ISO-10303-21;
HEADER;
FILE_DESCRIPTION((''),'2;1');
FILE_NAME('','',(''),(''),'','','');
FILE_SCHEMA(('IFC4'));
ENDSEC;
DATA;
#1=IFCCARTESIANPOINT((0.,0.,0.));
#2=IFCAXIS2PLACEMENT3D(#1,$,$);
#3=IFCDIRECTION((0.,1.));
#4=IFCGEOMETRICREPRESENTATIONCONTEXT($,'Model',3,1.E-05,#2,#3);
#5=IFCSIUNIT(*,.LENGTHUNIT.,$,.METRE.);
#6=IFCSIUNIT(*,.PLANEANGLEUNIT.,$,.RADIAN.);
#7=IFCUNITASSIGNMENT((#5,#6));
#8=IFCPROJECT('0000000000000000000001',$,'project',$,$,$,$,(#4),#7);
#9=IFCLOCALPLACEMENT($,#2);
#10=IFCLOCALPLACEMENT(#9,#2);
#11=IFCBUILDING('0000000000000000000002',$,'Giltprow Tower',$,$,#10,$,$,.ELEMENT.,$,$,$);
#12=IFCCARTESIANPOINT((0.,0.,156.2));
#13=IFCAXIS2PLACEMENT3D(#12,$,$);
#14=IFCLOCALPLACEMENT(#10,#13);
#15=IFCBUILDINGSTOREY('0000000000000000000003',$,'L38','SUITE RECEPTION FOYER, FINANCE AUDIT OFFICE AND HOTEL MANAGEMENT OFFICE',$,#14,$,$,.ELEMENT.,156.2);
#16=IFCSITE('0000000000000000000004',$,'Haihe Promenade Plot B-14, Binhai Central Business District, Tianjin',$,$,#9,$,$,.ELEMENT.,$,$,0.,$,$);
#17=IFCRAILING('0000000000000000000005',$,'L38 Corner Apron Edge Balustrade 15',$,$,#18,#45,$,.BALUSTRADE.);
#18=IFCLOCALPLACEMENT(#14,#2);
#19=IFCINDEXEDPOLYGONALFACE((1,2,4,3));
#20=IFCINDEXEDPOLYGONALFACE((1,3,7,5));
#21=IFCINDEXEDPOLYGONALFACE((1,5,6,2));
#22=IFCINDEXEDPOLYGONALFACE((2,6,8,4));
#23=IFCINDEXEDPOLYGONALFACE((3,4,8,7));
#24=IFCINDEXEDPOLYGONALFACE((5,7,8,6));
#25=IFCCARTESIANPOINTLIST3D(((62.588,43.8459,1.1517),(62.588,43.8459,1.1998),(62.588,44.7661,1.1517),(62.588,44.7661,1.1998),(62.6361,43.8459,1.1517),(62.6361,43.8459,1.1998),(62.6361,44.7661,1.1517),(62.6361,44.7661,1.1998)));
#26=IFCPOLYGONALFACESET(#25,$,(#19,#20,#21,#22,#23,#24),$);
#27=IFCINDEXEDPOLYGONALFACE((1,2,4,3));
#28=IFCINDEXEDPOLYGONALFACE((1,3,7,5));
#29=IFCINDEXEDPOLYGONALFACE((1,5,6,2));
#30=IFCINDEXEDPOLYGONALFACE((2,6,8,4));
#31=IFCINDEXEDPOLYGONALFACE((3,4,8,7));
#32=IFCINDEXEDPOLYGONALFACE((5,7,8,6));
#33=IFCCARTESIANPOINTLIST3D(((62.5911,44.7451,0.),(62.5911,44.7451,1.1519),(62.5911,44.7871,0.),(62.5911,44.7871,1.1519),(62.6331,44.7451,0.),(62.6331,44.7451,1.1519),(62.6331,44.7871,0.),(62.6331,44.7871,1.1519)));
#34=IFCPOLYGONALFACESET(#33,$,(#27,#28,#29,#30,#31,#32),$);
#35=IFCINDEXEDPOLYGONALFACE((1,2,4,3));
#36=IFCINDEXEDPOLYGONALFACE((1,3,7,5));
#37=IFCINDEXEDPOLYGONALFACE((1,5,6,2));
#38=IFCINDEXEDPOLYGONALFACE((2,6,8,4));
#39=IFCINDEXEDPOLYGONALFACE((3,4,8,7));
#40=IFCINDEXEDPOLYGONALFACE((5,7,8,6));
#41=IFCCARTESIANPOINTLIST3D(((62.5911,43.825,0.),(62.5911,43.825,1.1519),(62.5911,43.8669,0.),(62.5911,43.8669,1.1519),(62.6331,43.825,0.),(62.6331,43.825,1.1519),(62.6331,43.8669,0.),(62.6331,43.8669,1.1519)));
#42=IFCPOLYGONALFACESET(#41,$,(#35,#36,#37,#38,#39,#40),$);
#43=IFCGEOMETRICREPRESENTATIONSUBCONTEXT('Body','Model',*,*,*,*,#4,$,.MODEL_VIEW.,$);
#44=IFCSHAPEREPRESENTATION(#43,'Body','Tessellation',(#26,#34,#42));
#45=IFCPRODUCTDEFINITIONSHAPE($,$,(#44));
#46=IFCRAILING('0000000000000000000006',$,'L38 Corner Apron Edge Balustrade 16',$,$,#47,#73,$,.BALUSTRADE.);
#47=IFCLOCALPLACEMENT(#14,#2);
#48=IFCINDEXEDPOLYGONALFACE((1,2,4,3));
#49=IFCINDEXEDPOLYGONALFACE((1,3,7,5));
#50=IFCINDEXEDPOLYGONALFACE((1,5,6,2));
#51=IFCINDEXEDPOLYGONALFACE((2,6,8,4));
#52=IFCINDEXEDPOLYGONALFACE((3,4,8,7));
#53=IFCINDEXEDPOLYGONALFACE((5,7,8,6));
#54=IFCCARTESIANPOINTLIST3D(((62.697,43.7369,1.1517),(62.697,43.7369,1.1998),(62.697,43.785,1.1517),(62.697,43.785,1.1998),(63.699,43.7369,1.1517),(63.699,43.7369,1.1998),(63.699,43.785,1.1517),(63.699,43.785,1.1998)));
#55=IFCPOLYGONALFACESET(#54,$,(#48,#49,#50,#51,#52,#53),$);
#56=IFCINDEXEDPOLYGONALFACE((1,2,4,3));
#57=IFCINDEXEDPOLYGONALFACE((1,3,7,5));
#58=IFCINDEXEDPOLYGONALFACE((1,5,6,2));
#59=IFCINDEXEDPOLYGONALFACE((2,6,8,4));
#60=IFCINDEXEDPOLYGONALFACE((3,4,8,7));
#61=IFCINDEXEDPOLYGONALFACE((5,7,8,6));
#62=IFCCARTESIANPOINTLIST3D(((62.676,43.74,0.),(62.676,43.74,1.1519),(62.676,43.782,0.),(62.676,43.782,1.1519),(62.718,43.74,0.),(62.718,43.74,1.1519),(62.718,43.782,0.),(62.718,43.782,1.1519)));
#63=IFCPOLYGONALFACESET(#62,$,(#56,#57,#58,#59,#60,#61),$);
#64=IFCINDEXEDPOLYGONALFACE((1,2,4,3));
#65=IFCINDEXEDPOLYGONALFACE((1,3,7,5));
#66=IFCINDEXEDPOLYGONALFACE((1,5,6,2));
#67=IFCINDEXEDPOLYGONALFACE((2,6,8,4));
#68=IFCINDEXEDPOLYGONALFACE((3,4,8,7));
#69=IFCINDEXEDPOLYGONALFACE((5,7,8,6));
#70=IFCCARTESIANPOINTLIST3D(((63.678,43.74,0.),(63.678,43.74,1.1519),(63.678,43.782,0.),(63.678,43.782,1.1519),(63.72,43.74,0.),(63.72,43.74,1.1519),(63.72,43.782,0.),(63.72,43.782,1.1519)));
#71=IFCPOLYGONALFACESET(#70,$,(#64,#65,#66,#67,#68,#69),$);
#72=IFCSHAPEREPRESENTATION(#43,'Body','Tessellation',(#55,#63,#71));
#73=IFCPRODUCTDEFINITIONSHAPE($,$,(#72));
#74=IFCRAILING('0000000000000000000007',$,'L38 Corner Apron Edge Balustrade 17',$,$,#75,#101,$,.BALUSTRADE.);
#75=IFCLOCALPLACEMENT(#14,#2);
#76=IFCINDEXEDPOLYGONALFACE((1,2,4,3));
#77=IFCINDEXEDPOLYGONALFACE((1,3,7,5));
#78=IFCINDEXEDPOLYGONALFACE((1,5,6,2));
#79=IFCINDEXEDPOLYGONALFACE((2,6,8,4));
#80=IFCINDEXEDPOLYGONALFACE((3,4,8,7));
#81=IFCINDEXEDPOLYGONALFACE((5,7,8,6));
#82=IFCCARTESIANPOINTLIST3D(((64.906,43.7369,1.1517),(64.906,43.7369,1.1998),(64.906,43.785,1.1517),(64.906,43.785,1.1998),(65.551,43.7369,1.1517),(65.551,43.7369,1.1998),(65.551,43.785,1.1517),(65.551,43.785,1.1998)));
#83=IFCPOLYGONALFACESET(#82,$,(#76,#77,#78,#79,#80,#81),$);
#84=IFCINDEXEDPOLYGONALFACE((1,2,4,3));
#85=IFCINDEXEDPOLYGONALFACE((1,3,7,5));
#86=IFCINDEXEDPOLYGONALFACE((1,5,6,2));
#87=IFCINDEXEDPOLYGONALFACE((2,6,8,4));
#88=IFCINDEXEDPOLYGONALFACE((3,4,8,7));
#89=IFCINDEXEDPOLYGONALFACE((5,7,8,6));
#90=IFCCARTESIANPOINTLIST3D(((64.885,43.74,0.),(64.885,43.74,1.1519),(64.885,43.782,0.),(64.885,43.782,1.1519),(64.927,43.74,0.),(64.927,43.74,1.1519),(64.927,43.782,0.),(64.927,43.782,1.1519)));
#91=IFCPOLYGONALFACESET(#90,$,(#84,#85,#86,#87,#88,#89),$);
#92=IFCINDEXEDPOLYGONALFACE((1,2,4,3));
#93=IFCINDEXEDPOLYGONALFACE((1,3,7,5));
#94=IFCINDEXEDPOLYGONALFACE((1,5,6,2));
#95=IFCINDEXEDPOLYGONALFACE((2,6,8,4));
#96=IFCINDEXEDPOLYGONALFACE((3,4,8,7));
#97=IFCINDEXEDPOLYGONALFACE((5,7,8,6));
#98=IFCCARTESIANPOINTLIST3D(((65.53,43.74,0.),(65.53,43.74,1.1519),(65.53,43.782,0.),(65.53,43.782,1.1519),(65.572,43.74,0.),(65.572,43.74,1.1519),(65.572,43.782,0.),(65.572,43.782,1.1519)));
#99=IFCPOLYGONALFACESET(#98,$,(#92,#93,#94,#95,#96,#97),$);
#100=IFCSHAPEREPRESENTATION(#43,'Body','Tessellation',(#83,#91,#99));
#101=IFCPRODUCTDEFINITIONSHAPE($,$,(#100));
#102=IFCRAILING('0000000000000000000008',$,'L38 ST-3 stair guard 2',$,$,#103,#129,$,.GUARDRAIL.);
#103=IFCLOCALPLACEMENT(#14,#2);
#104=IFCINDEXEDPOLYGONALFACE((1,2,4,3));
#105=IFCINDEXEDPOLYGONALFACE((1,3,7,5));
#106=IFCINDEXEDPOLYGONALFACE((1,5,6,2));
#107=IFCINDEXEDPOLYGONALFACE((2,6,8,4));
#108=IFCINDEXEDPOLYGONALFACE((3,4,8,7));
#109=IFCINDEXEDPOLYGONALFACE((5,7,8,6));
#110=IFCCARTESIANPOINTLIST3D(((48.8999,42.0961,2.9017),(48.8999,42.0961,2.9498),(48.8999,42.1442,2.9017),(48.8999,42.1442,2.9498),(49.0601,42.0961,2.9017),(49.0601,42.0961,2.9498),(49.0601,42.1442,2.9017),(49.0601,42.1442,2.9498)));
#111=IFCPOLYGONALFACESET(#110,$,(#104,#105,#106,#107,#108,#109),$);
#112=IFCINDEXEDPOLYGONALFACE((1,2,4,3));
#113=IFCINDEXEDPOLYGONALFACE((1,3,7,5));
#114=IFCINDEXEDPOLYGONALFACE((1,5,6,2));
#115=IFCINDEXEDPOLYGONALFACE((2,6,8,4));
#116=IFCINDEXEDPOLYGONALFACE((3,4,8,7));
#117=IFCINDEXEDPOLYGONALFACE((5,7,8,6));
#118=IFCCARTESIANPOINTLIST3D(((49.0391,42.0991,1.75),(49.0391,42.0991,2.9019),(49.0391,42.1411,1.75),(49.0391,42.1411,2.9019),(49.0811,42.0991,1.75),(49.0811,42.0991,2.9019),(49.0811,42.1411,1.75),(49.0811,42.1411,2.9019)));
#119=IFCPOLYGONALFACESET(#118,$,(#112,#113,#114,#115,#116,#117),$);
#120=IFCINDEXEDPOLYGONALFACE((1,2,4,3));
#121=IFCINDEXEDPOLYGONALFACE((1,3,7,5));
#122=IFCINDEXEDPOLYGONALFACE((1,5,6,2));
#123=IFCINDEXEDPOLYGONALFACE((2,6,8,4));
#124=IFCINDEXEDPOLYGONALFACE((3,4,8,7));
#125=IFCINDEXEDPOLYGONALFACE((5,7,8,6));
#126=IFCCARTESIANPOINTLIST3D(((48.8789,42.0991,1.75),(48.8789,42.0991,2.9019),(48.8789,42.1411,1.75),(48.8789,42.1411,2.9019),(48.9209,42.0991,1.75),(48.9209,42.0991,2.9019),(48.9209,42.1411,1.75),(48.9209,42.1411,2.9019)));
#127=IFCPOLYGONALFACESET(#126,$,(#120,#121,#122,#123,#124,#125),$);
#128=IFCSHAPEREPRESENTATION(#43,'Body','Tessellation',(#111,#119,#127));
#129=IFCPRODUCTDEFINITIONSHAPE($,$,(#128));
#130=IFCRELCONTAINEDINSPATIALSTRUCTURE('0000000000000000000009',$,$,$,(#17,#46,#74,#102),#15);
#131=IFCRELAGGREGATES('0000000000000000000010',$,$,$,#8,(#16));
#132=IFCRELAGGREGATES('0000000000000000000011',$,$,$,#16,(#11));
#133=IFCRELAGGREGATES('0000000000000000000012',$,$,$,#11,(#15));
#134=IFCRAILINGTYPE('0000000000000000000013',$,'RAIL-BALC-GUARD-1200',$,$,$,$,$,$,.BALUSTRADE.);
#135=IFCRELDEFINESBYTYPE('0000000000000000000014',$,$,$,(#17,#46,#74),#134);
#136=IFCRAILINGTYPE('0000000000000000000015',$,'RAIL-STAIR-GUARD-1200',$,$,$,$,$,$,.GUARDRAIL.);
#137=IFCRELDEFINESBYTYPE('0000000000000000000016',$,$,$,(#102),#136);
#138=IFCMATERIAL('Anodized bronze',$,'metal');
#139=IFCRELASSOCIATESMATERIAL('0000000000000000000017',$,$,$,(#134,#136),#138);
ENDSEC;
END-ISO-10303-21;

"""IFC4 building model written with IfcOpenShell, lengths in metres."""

from ifc_helpers import new_model, si_unit, direction, frame, origin, origin_2d, place, context, subcontext, project, spatial, rectangle, extrude, material, type_object, element, save


model = new_model("IFC4")

# Units and contexts
model_context = context("Model", 3, precision=1e-05, world=origin(), true_north=direction((0.0, 1.0)))
body_context = subcontext(model_context, "Body", "Model", "MODEL_VIEW")
ifc_project = project(units=[si_unit("LENGTHUNIT", "METRE"), si_unit("PLANEANGLEUNIT", "RADIAN")], contexts=[model_context])

# Site, building, storey
site_placement = place(None, origin())
site = spatial("IfcSite", under=ifc_project, at=site_placement, Name="Haihe Promenade Plot B-14, Binhai Central Business District, Tianjin", CompositionType="ELEMENT", RefElevation=0.0)
building_placement = place(site_placement, origin())
building = spatial("IfcBuilding", under=site, at=building_placement, Name="Giltprow Tower", CompositionType="ELEMENT")
storey_placement = place(building_placement, frame((0.0, 0.0, 156.2)))
storey = spatial("IfcBuildingStorey", under=building, at=storey_placement, Name="L38", Description="SUITE RECEPTION FOYER, FINANCE AUDIT OFFICE AND HOTEL MANAGEMENT OFFICE", CompositionType="ELEMENT", Elevation=156.2)

# Railings
ifc_material_1 = material(Name="Anodized bronze", Category="metal")
railing_type_1 = type_object("IfcRailingType", Name="RAIL-BALC-GUARD-1200", PredefinedType="BALUSTRADE", material=ifc_material_1)
railing_1_placement = place(storey_placement, frame((62.6121, 44.7661, 0.0)))
element("IfcRailing", 1, at=railing_1_placement, inside=storey, type_object=railing_type_1, Name="L38 Corner Apron Edge Balustrade 15", PredefinedType="BALUSTRADE", context=body_context, shape_type="SweptSolid", body=[
    extrude(rectangle(XDim=0.0481, YDim=0.0481, at=origin_2d()), frame((0.0, 0.0, 1.1758), z_axis=(0.0, -1.0, 0.0), x_axis=(1.0, 0.0, 0.0)), (0.0, 0.0, 1.0), 0.9202),
    extrude(rectangle(XDim=0.042, YDim=0.042, at=origin_2d()), origin(), (0.0, 0.0, 1.0), 1.1519),
    extrude(rectangle(XDim=0.042, YDim=0.042, at=origin_2d()), frame((0.0, -0.9202, 0.0)), (0.0, 0.0, 1.0), 1.1519),
])
railing_2_placement = place(storey_placement, frame((62.697, 43.761, 0.0)))
element("IfcRailing", 2, at=railing_2_placement, inside=storey, type_object=railing_type_1, Name="L38 Corner Apron Edge Balustrade 16", PredefinedType="BALUSTRADE", context=body_context, shape_type="SweptSolid", body=[
    extrude(rectangle(XDim=0.0481, YDim=0.0481, at=origin_2d()), frame((0.0, 0.0, 1.1758), z_axis=(1.0, 0.0, 0.0), x_axis=(0.0, 1.0, 0.0)), (0.0, 0.0, 1.0), 1.002),
    extrude(rectangle(XDim=0.042, YDim=0.042, at=origin_2d()), origin(), (0.0, 0.0, 1.0), 1.1519),
    extrude(rectangle(XDim=0.042, YDim=0.042, at=origin_2d()), frame((1.002, 0.0, 0.0)), (0.0, 0.0, 1.0), 1.1519),
])
railing_3_placement = place(storey_placement, frame((64.906, 43.761, 0.0)))
element("IfcRailing", 3, at=railing_3_placement, inside=storey, type_object=railing_type_1, Name="L38 Corner Apron Edge Balustrade 17", PredefinedType="BALUSTRADE", context=body_context, shape_type="SweptSolid", body=[
    extrude(rectangle(XDim=0.0481, YDim=0.0481, at=origin_2d()), frame((0.0, 0.0, 1.1758), z_axis=(1.0, 0.0, 0.0), x_axis=(0.0, 1.0, 0.0)), (0.0, 0.0, 1.0), 0.645),
    extrude(rectangle(XDim=0.042, YDim=0.042, at=origin_2d()), origin(), (0.0, 0.0, 1.0), 1.1519),
    extrude(rectangle(XDim=0.042, YDim=0.042, at=origin_2d()), frame((0.645, 0.0, 0.0)), (0.0, 0.0, 1.0), 1.1519),
])
railing_type_2 = type_object("IfcRailingType", Name="RAIL-STAIR-GUARD-1200", PredefinedType="GUARDRAIL", material=ifc_material_1)
railing_4_placement = place(storey_placement, frame((49.0601, 42.1201, 1.75)))
element("IfcRailing", 4, at=railing_4_placement, inside=storey, type_object=railing_type_2, Name="L38 ST-3 stair guard 2", PredefinedType="GUARDRAIL", context=body_context, shape_type="SweptSolid", body=[
    extrude(rectangle(XDim=0.0481, YDim=0.0481, at=origin_2d()), frame((0.0, 0.0, 1.1758), z_axis=(-1.0, 0.0, 0.0), x_axis=(0.0, -1.0, 0.0)), (0.0, 0.0, 1.0), 0.1602),
    extrude(rectangle(XDim=0.042, YDim=0.042, at=origin_2d()), origin(), (0.0, 0.0, 1.0), 1.1519),
    extrude(rectangle(XDim=0.042, YDim=0.042, at=origin_2d()), frame((-0.1602, 0.0, 0.0)), (0.0, 0.0, 1.0), 1.1519),
])

save(model, "model.ifc")
